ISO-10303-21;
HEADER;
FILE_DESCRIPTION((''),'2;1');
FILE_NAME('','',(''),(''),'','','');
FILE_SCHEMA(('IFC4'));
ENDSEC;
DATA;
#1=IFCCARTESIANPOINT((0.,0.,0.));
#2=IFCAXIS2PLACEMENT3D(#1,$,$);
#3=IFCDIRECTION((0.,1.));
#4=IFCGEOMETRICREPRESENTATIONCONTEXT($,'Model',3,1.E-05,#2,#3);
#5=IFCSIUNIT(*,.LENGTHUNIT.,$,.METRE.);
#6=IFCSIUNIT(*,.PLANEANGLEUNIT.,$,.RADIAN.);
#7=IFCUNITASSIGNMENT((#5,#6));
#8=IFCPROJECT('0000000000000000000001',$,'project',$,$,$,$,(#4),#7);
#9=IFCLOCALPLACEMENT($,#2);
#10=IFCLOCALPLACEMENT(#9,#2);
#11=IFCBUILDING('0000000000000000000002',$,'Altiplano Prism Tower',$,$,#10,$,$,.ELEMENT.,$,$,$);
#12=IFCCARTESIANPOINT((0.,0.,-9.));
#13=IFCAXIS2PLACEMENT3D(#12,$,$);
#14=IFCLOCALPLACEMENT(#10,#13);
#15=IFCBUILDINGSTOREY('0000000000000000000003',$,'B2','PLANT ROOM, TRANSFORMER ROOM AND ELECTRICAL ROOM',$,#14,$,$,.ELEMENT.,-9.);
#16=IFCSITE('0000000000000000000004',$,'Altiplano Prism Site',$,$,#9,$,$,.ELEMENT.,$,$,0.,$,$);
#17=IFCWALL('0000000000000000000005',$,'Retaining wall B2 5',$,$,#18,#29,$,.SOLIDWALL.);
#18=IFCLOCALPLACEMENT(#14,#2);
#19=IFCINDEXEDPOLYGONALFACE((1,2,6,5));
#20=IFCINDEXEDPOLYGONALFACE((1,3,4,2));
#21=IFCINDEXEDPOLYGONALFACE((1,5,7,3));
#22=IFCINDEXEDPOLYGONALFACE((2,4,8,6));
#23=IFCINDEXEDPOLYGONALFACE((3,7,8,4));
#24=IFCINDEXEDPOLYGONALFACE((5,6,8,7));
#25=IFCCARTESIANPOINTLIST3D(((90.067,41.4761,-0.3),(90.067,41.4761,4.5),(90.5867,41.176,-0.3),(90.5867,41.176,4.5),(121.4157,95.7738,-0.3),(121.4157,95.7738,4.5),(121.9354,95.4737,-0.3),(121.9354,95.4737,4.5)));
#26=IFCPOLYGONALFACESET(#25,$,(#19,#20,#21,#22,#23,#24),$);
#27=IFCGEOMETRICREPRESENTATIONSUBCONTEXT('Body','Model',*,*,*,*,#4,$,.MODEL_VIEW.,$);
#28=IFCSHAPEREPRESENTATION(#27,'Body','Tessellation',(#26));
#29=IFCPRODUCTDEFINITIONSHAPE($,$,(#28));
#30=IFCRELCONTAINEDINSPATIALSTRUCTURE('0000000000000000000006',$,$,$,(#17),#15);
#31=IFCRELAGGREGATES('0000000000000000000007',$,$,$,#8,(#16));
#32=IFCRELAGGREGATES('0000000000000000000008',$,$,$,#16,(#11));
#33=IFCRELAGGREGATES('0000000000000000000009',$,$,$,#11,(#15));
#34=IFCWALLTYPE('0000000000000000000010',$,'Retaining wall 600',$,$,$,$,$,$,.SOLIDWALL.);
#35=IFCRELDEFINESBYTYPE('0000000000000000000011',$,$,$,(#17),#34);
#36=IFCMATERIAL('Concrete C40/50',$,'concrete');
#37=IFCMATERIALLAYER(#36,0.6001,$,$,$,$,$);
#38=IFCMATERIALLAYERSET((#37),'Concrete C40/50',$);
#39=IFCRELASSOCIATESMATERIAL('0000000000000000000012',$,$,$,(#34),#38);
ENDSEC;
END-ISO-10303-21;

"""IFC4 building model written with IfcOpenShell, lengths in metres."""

from ifc_helpers import new_model, si_unit, direction, frame, frame_2d, origin, place, context, subcontext, project, spatial, rectangle, extrude, material, layer, layer_set, type_object, element, save


model = new_model("IFC4")

# Units and contexts
model_context = context("Model", 3, precision=1e-05, world=origin(), true_north=direction((0.0, 1.0)))
body_context = subcontext(model_context, "Body", "Model", "MODEL_VIEW")
ifc_project = project(units=[si_unit("LENGTHUNIT", "METRE"), si_unit("PLANEANGLEUNIT", "RADIAN")], contexts=[model_context])

# Site, building, storey
site_placement = place(None, origin())
site = spatial("IfcSite", under=ifc_project, at=site_placement, Name="Altiplano Prism Site", CompositionType="ELEMENT", RefElevation=0.0)
building_placement = place(site_placement, origin())
building = spatial("IfcBuilding", under=site, at=building_placement, Name="Altiplano Prism Tower", CompositionType="ELEMENT")
storey_placement = place(building_placement, frame((0.0, 0.0, -9.0)))
storey = spatial("IfcBuildingStorey", under=building, at=storey_placement, Name="B2", Description="PLANT ROOM, TRANSFORMER ROOM AND ELECTRICAL ROOM", CompositionType="ELEMENT", Elevation=-9.0)

# Wall
ifc_material_1 = material(Name="Concrete C40/50", Category="concrete")
ifc_layer = layer(ifc_material_1, 0.6001)
ifc_layer_set = layer_set([ifc_layer], Name="Concrete C40/50")
wall_type = type_object("IfcWallType", Name="Retaining wall 600", PredefinedType="SOLIDWALL", material=ifc_layer_set)
wall_placement = place(storey_placement, frame((90.3269, 41.3262, -0.3), z_axis=(0.0, 0.0, 1.0), x_axis=(0.499999, 0.866026, 0.0)))
element("IfcWall", 1, at=wall_placement, inside=storey, type_object=wall_type, Name="Retaining wall B2 5", PredefinedType="SOLIDWALL", context=body_context, shape_type="SweptSolid", body=[
    extrude(rectangle(XDim=62.6975, YDim=0.6001, at=frame_2d((31.3486, 0.0))), origin(), (0.0, 0.0, 1.0), 4.8),
])

save(model, "model.ifc")
